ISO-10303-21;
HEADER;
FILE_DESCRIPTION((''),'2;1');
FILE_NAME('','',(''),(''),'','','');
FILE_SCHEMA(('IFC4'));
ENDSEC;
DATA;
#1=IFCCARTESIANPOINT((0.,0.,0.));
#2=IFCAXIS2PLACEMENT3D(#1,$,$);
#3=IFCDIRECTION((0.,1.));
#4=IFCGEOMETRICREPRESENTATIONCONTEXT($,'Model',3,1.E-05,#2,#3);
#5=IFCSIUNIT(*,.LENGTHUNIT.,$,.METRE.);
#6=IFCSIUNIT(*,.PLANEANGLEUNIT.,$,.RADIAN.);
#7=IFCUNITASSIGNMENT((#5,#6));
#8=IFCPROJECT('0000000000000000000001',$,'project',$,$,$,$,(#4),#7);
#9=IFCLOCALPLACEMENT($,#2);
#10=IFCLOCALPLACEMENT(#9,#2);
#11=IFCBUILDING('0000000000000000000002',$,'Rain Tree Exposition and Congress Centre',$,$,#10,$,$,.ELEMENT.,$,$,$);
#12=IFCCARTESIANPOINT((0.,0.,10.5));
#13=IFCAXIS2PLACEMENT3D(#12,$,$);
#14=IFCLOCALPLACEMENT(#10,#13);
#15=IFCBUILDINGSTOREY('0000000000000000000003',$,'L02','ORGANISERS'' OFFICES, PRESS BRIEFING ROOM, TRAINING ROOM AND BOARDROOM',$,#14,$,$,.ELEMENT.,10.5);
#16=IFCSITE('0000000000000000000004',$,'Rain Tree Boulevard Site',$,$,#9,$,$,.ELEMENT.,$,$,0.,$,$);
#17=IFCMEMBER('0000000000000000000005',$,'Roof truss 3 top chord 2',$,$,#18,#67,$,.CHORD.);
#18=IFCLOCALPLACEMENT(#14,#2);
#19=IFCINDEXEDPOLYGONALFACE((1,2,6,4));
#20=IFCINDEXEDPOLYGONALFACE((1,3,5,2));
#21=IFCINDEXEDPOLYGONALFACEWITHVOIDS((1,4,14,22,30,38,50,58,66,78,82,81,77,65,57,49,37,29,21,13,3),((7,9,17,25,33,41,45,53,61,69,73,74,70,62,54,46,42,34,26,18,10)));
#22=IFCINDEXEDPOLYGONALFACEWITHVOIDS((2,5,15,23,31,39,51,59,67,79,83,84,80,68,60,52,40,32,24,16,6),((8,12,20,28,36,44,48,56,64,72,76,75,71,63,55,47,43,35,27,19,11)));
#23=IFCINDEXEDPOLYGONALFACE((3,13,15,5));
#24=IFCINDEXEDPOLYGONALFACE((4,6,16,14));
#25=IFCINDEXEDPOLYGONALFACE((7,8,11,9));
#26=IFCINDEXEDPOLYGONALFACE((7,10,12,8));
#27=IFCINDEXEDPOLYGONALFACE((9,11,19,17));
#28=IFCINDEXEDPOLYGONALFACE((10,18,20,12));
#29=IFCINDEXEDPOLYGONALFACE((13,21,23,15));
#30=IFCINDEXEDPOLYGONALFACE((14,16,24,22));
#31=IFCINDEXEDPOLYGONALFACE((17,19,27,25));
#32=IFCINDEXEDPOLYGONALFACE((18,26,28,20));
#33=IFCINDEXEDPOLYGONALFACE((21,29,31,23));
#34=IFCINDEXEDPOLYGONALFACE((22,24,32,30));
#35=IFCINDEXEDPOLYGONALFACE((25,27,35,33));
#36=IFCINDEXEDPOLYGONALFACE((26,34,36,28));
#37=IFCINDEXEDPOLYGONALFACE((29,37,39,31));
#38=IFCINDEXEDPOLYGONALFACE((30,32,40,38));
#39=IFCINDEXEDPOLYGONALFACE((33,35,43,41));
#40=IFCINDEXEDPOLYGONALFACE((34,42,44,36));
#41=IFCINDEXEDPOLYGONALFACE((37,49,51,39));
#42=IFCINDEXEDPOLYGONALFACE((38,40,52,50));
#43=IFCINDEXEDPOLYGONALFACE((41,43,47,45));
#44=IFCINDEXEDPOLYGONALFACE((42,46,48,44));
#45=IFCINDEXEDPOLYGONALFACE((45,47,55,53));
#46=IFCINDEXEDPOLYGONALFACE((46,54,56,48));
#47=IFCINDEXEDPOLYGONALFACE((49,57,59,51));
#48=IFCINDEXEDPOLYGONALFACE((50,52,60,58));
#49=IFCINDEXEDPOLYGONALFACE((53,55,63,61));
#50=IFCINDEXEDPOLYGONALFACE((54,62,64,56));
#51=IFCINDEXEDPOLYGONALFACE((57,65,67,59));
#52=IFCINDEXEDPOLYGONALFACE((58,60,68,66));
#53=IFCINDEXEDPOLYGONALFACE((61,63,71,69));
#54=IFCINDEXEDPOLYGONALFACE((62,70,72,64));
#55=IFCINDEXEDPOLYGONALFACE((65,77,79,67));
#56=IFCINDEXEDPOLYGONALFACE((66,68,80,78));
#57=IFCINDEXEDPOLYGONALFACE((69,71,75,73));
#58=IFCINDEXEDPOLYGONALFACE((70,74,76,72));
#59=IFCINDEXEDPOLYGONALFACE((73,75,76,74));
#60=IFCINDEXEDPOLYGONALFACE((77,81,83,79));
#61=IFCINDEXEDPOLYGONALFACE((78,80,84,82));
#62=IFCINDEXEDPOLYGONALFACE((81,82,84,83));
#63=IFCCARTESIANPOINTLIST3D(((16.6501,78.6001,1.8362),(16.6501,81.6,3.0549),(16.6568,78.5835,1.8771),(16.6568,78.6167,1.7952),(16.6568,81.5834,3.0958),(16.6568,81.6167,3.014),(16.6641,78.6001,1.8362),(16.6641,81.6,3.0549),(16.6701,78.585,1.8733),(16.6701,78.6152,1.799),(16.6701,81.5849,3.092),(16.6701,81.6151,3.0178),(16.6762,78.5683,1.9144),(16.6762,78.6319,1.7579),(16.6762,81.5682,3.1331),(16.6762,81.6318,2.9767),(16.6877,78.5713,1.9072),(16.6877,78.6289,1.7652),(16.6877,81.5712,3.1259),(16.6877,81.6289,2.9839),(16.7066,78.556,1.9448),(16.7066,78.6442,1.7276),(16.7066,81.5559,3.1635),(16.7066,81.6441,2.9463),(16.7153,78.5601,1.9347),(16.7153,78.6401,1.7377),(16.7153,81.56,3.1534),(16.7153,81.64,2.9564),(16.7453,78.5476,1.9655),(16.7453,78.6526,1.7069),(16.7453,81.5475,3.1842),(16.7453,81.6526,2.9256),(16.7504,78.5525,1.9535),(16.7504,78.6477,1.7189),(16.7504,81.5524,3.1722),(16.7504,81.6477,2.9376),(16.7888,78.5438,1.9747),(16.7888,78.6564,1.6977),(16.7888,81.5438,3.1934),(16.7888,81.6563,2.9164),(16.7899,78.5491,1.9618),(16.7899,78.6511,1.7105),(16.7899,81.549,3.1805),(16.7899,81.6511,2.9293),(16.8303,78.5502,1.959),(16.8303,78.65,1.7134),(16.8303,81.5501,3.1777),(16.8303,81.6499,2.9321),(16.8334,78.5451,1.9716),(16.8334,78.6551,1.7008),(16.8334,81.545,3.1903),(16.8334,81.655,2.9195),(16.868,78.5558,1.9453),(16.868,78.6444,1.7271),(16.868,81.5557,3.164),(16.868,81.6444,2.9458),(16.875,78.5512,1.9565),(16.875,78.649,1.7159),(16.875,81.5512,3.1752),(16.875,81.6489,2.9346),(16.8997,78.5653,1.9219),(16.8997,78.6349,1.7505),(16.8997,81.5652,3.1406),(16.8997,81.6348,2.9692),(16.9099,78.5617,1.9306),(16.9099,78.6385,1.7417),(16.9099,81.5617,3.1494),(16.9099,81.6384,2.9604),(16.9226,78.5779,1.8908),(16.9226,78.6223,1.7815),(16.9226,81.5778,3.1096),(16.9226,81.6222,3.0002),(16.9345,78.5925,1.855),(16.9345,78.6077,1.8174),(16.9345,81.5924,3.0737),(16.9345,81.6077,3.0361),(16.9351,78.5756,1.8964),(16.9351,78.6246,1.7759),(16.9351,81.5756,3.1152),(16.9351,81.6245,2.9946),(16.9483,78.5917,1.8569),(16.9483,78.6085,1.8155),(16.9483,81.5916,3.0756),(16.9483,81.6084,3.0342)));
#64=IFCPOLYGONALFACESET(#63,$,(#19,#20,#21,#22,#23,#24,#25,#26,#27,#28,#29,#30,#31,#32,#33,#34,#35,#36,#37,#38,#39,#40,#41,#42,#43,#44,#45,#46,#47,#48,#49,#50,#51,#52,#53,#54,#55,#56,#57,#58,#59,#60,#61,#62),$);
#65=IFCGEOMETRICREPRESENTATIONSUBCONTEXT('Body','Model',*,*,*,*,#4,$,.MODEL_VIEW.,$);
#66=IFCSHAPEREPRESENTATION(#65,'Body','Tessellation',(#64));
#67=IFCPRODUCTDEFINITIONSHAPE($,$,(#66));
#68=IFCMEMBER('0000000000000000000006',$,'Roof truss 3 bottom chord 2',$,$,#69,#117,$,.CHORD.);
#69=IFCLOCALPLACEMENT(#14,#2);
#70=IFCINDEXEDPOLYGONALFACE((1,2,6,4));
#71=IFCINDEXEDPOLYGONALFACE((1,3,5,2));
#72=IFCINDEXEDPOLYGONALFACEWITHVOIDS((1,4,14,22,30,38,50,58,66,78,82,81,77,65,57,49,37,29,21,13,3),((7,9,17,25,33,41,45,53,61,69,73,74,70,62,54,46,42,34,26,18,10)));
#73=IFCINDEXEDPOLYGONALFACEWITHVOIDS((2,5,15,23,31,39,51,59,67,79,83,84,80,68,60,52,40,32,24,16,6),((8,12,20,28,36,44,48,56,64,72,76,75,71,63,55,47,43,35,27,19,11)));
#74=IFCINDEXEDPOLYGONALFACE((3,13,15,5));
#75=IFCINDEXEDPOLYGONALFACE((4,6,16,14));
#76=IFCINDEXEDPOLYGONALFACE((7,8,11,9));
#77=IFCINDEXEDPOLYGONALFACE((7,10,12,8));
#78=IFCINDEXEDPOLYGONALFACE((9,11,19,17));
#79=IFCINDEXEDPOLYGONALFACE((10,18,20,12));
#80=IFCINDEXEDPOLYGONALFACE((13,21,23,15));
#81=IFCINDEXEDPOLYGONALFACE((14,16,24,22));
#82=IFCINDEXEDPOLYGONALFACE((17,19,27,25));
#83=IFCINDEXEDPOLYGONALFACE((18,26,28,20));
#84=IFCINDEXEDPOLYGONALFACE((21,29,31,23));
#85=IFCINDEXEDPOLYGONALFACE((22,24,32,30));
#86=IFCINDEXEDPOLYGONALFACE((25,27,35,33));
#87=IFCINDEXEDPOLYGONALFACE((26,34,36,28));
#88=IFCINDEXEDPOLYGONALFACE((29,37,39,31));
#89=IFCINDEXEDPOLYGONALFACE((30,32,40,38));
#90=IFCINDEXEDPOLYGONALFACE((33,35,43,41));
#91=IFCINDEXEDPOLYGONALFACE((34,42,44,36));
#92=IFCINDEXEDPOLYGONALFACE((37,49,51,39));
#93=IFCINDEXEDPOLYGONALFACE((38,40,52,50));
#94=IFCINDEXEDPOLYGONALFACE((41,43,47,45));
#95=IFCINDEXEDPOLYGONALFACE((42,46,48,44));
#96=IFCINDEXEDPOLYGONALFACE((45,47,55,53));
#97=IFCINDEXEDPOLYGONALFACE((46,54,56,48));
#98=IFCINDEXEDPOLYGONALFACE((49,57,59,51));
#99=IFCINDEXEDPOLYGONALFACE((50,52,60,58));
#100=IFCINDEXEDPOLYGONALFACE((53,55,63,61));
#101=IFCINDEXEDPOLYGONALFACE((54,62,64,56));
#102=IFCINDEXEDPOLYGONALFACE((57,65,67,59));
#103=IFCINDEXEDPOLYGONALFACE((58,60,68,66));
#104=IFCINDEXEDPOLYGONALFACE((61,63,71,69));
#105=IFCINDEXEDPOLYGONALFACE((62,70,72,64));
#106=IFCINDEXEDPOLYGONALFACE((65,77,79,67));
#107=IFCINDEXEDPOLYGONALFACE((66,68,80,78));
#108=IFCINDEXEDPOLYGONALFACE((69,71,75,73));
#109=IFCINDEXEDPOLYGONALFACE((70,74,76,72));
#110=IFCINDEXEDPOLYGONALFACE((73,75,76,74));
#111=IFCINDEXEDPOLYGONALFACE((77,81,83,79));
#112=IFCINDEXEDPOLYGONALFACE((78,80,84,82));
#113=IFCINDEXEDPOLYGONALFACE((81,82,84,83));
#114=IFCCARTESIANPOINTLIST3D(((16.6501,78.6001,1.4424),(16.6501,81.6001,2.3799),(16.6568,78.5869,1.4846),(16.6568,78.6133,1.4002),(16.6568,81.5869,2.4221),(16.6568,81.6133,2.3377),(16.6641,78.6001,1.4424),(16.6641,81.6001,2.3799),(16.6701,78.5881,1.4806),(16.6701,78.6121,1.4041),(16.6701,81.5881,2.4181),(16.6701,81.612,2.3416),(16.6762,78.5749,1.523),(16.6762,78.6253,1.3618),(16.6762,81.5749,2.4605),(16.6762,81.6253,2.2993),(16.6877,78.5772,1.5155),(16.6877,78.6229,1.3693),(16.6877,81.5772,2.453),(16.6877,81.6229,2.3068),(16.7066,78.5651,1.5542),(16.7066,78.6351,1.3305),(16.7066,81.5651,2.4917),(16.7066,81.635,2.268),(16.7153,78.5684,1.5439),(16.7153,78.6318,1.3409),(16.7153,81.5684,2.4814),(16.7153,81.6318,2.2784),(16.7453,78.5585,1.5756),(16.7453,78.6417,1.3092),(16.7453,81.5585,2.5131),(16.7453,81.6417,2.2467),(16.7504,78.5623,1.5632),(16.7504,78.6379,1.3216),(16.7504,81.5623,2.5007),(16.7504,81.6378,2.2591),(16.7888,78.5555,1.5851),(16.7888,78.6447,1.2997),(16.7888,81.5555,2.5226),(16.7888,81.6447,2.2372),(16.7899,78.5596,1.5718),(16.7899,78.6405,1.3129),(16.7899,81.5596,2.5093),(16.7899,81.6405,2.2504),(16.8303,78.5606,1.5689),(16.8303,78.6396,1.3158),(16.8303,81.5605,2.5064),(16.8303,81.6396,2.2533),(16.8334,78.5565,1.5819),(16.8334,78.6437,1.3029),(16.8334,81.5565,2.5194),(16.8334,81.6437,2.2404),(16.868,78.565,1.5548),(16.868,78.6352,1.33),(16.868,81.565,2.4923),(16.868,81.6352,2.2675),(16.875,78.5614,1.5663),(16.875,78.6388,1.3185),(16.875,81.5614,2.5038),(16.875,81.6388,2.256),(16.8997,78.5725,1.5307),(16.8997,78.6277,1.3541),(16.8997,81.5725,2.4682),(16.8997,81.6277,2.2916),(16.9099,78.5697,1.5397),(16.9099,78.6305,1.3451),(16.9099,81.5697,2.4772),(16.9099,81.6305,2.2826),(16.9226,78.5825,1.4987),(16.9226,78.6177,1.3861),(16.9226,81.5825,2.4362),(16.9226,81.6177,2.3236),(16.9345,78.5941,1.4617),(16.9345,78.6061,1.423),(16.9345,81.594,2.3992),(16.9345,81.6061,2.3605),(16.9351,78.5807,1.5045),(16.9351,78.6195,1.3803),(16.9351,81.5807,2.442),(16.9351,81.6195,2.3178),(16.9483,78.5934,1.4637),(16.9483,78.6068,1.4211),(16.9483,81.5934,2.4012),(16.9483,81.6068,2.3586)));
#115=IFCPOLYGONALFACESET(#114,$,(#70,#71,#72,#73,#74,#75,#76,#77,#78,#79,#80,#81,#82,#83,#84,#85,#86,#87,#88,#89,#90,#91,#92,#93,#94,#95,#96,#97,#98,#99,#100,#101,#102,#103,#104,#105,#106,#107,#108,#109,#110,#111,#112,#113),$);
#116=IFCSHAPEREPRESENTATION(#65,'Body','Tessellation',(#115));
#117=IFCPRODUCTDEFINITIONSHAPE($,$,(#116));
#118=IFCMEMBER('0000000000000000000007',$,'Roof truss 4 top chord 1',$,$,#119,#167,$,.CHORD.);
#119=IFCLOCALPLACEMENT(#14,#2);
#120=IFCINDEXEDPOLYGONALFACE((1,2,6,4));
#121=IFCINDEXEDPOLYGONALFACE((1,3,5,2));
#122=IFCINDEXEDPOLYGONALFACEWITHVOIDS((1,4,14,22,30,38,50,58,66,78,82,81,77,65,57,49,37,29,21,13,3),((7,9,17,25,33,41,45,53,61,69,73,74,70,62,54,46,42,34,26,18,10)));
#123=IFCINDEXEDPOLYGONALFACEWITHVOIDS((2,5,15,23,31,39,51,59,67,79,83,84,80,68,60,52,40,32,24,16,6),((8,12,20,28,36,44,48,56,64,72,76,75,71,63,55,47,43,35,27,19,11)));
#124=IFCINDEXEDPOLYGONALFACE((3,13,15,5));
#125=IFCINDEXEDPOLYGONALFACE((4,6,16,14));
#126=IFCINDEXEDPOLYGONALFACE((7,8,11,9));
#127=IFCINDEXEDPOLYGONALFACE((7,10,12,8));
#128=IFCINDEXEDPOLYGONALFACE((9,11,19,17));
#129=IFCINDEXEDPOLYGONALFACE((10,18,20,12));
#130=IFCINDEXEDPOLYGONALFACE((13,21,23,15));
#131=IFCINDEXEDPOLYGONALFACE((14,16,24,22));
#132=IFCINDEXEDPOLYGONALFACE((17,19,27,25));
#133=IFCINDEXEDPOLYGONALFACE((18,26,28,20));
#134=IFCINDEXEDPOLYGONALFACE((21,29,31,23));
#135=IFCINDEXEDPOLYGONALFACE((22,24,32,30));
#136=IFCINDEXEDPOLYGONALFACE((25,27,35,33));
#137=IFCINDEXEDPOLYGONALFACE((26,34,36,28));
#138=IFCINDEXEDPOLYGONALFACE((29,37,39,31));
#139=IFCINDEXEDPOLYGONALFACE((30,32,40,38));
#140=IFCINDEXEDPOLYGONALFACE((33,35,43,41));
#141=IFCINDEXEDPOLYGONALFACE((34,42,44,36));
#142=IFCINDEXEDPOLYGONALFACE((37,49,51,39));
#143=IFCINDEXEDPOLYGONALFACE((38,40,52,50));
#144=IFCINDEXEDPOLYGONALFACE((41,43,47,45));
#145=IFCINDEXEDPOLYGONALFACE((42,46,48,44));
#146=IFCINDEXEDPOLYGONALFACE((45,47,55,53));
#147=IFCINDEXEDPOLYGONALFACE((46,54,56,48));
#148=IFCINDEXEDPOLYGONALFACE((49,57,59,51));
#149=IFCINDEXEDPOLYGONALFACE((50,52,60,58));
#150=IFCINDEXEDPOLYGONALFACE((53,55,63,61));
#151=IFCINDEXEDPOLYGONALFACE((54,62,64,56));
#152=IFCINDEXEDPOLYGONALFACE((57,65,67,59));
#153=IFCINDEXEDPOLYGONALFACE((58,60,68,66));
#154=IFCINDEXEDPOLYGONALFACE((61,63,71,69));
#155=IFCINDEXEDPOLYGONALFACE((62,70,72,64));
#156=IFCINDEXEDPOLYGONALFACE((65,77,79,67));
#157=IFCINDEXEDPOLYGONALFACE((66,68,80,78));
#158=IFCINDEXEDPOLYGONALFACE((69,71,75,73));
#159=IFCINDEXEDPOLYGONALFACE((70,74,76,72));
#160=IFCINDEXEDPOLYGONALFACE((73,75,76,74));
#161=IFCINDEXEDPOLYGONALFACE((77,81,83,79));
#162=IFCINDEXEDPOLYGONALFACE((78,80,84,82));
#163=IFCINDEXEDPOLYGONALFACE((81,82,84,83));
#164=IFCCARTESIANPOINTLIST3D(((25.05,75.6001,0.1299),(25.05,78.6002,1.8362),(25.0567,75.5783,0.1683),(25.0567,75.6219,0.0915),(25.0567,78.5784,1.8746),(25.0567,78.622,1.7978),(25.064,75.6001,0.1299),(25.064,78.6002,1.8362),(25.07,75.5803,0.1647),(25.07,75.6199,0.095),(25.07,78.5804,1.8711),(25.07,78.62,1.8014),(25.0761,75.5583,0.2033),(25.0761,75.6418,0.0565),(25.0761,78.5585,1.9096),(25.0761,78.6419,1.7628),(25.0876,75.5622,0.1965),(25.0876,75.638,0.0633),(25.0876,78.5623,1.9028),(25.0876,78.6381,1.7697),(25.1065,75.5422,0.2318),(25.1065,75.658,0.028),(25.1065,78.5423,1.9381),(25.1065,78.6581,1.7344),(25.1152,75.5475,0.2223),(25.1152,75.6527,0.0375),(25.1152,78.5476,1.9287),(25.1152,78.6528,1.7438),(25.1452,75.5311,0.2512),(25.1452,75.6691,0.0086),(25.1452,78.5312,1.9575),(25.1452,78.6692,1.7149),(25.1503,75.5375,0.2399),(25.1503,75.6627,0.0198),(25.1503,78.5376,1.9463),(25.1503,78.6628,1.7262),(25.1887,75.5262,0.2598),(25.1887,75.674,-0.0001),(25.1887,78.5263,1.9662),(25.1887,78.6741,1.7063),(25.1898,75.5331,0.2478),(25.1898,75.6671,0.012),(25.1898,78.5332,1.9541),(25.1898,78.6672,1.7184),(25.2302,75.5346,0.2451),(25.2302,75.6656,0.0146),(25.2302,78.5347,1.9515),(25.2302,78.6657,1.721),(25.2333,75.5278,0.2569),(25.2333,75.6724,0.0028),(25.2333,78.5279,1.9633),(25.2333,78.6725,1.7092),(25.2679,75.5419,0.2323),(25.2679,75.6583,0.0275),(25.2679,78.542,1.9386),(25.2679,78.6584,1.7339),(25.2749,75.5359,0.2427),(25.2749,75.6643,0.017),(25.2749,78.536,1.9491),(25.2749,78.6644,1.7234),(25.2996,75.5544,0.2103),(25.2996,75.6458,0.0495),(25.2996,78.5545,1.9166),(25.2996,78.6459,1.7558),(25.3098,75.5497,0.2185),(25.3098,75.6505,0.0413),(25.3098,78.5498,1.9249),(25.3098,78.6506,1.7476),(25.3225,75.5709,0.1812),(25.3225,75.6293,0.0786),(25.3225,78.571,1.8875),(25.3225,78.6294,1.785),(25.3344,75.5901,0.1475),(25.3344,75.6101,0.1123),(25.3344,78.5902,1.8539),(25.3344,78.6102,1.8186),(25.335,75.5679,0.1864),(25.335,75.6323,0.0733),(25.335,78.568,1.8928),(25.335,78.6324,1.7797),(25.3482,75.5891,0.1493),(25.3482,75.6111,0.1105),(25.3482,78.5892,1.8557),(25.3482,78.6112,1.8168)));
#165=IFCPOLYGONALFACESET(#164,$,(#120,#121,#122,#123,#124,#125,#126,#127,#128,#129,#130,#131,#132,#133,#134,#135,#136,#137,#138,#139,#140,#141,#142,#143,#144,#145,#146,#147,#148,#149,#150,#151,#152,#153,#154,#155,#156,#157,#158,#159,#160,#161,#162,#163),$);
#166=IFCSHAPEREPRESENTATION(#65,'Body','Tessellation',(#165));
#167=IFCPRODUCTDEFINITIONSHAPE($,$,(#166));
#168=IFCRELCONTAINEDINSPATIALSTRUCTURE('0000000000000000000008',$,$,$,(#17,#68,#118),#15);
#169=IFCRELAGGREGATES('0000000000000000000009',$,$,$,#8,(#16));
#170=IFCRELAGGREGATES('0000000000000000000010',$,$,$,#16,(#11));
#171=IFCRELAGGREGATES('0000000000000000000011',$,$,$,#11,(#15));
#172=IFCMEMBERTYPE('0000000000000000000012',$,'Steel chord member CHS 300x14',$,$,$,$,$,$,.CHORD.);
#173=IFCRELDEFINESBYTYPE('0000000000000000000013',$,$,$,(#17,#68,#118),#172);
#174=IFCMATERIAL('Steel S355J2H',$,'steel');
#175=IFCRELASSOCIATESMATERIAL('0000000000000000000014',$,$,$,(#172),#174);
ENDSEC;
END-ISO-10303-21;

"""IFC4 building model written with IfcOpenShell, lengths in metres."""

from ifc_helpers import new_model, si_unit, direction, frame, origin, origin_2d, place, context, subcontext, project, spatial, hollow_circle, extrude, material, material_profile, profile_set, type_object, element, save


model = new_model("IFC4")

# Units and contexts
model_context = context("Model", 3, precision=1e-05, world=origin(), true_north=direction((0.0, 1.0)))
body_context = subcontext(model_context, "Body", "Model", "MODEL_VIEW")
ifc_project = project(units=[si_unit("LENGTHUNIT", "METRE"), si_unit("PLANEANGLEUNIT", "RADIAN")], contexts=[model_context])

# Site, building, storey
site_placement = place(None, origin())
site = spatial("IfcSite", under=ifc_project, at=site_placement, Name="Rain Tree Boulevard Site", CompositionType="ELEMENT", RefElevation=0.0)
building_placement = place(site_placement, origin())
building = spatial("IfcBuilding", under=site, at=building_placement, Name="Rain Tree Exposition and Congress Centre", CompositionType="ELEMENT")
storey_placement = place(building_placement, frame((0.0, 0.0, 10.5)))
storey = spatial("IfcBuildingStorey", under=building, at=storey_placement, Name="L02", Description="ORGANISERS' OFFICES, PRESS BRIEFING ROOM, TRAINING ROOM AND BOARDROOM", CompositionType="ELEMENT", Elevation=10.5)

# Members
ifc_material_1 = material(Name="Steel S355J2H", Category="steel")
ifc_material_profile_1 = material_profile(ifc_material_1, hollow_circle(Radius=0.1499, WallThickness=0.0139, at=origin_2d()), Name="CHS 300x14")
ifc_profile_set_1 = profile_set([ifc_material_profile_1], Name="Steel S355J2H")
member_type_1 = type_object("IfcMemberType", Name="Steel chord member CHS 300x14", PredefinedType="CHORD", material=ifc_profile_set_1)
member_1_placement = place(storey_placement, frame((16.8, 78.6001, 1.8362), z_axis=(0.0, 0.926467, 0.376377), x_axis=(-1.0, 0.0, 0.0)))
element("IfcMember", 1, at=member_1_placement, inside=storey, type_object=member_type_1, Name="Roof truss 3 top chord 2", PredefinedType="CHORD", context=body_context, shape_type="SweptSolid", body=[
    extrude(hollow_circle(Radius=0.1499, WallThickness=0.0139, at=origin_2d()), origin(), (0.0, 0.0, 1.0), 3.238),
])
member_2_placement = place(storey_placement, frame((16.8, 78.6001, 1.4424), z_axis=(0.0, 0.95448, 0.298275), x_axis=(-1.0, 0.0, 0.0)))
element("IfcMember", 2, at=member_2_placement, inside=storey, type_object=member_type_1, Name="Roof truss 3 bottom chord 2", PredefinedType="CHORD", context=body_context, shape_type="SweptSolid", body=[
    extrude(hollow_circle(Radius=0.1499, WallThickness=0.0139, at=origin_2d()), origin(), (0.0, 0.0, 1.0), 3.1431),
])
member_3_placement = place(storey_placement, frame((25.2, 75.6001, 0.1299), z_axis=(0.0, 0.869238, 0.494393), x_axis=(-1.0, 0.0, 0.0)))
element("IfcMember", 3, at=member_3_placement, inside=storey, type_object=member_type_1, Name="Roof truss 4 top chord 1", PredefinedType="CHORD", context=body_context, shape_type="SweptSolid", body=[
    extrude(hollow_circle(Radius=0.1499, WallThickness=0.0139, at=origin_2d()), origin(), (0.0, 0.0, 1.0), 3.4514),
])

save(model, "model.ifc")
